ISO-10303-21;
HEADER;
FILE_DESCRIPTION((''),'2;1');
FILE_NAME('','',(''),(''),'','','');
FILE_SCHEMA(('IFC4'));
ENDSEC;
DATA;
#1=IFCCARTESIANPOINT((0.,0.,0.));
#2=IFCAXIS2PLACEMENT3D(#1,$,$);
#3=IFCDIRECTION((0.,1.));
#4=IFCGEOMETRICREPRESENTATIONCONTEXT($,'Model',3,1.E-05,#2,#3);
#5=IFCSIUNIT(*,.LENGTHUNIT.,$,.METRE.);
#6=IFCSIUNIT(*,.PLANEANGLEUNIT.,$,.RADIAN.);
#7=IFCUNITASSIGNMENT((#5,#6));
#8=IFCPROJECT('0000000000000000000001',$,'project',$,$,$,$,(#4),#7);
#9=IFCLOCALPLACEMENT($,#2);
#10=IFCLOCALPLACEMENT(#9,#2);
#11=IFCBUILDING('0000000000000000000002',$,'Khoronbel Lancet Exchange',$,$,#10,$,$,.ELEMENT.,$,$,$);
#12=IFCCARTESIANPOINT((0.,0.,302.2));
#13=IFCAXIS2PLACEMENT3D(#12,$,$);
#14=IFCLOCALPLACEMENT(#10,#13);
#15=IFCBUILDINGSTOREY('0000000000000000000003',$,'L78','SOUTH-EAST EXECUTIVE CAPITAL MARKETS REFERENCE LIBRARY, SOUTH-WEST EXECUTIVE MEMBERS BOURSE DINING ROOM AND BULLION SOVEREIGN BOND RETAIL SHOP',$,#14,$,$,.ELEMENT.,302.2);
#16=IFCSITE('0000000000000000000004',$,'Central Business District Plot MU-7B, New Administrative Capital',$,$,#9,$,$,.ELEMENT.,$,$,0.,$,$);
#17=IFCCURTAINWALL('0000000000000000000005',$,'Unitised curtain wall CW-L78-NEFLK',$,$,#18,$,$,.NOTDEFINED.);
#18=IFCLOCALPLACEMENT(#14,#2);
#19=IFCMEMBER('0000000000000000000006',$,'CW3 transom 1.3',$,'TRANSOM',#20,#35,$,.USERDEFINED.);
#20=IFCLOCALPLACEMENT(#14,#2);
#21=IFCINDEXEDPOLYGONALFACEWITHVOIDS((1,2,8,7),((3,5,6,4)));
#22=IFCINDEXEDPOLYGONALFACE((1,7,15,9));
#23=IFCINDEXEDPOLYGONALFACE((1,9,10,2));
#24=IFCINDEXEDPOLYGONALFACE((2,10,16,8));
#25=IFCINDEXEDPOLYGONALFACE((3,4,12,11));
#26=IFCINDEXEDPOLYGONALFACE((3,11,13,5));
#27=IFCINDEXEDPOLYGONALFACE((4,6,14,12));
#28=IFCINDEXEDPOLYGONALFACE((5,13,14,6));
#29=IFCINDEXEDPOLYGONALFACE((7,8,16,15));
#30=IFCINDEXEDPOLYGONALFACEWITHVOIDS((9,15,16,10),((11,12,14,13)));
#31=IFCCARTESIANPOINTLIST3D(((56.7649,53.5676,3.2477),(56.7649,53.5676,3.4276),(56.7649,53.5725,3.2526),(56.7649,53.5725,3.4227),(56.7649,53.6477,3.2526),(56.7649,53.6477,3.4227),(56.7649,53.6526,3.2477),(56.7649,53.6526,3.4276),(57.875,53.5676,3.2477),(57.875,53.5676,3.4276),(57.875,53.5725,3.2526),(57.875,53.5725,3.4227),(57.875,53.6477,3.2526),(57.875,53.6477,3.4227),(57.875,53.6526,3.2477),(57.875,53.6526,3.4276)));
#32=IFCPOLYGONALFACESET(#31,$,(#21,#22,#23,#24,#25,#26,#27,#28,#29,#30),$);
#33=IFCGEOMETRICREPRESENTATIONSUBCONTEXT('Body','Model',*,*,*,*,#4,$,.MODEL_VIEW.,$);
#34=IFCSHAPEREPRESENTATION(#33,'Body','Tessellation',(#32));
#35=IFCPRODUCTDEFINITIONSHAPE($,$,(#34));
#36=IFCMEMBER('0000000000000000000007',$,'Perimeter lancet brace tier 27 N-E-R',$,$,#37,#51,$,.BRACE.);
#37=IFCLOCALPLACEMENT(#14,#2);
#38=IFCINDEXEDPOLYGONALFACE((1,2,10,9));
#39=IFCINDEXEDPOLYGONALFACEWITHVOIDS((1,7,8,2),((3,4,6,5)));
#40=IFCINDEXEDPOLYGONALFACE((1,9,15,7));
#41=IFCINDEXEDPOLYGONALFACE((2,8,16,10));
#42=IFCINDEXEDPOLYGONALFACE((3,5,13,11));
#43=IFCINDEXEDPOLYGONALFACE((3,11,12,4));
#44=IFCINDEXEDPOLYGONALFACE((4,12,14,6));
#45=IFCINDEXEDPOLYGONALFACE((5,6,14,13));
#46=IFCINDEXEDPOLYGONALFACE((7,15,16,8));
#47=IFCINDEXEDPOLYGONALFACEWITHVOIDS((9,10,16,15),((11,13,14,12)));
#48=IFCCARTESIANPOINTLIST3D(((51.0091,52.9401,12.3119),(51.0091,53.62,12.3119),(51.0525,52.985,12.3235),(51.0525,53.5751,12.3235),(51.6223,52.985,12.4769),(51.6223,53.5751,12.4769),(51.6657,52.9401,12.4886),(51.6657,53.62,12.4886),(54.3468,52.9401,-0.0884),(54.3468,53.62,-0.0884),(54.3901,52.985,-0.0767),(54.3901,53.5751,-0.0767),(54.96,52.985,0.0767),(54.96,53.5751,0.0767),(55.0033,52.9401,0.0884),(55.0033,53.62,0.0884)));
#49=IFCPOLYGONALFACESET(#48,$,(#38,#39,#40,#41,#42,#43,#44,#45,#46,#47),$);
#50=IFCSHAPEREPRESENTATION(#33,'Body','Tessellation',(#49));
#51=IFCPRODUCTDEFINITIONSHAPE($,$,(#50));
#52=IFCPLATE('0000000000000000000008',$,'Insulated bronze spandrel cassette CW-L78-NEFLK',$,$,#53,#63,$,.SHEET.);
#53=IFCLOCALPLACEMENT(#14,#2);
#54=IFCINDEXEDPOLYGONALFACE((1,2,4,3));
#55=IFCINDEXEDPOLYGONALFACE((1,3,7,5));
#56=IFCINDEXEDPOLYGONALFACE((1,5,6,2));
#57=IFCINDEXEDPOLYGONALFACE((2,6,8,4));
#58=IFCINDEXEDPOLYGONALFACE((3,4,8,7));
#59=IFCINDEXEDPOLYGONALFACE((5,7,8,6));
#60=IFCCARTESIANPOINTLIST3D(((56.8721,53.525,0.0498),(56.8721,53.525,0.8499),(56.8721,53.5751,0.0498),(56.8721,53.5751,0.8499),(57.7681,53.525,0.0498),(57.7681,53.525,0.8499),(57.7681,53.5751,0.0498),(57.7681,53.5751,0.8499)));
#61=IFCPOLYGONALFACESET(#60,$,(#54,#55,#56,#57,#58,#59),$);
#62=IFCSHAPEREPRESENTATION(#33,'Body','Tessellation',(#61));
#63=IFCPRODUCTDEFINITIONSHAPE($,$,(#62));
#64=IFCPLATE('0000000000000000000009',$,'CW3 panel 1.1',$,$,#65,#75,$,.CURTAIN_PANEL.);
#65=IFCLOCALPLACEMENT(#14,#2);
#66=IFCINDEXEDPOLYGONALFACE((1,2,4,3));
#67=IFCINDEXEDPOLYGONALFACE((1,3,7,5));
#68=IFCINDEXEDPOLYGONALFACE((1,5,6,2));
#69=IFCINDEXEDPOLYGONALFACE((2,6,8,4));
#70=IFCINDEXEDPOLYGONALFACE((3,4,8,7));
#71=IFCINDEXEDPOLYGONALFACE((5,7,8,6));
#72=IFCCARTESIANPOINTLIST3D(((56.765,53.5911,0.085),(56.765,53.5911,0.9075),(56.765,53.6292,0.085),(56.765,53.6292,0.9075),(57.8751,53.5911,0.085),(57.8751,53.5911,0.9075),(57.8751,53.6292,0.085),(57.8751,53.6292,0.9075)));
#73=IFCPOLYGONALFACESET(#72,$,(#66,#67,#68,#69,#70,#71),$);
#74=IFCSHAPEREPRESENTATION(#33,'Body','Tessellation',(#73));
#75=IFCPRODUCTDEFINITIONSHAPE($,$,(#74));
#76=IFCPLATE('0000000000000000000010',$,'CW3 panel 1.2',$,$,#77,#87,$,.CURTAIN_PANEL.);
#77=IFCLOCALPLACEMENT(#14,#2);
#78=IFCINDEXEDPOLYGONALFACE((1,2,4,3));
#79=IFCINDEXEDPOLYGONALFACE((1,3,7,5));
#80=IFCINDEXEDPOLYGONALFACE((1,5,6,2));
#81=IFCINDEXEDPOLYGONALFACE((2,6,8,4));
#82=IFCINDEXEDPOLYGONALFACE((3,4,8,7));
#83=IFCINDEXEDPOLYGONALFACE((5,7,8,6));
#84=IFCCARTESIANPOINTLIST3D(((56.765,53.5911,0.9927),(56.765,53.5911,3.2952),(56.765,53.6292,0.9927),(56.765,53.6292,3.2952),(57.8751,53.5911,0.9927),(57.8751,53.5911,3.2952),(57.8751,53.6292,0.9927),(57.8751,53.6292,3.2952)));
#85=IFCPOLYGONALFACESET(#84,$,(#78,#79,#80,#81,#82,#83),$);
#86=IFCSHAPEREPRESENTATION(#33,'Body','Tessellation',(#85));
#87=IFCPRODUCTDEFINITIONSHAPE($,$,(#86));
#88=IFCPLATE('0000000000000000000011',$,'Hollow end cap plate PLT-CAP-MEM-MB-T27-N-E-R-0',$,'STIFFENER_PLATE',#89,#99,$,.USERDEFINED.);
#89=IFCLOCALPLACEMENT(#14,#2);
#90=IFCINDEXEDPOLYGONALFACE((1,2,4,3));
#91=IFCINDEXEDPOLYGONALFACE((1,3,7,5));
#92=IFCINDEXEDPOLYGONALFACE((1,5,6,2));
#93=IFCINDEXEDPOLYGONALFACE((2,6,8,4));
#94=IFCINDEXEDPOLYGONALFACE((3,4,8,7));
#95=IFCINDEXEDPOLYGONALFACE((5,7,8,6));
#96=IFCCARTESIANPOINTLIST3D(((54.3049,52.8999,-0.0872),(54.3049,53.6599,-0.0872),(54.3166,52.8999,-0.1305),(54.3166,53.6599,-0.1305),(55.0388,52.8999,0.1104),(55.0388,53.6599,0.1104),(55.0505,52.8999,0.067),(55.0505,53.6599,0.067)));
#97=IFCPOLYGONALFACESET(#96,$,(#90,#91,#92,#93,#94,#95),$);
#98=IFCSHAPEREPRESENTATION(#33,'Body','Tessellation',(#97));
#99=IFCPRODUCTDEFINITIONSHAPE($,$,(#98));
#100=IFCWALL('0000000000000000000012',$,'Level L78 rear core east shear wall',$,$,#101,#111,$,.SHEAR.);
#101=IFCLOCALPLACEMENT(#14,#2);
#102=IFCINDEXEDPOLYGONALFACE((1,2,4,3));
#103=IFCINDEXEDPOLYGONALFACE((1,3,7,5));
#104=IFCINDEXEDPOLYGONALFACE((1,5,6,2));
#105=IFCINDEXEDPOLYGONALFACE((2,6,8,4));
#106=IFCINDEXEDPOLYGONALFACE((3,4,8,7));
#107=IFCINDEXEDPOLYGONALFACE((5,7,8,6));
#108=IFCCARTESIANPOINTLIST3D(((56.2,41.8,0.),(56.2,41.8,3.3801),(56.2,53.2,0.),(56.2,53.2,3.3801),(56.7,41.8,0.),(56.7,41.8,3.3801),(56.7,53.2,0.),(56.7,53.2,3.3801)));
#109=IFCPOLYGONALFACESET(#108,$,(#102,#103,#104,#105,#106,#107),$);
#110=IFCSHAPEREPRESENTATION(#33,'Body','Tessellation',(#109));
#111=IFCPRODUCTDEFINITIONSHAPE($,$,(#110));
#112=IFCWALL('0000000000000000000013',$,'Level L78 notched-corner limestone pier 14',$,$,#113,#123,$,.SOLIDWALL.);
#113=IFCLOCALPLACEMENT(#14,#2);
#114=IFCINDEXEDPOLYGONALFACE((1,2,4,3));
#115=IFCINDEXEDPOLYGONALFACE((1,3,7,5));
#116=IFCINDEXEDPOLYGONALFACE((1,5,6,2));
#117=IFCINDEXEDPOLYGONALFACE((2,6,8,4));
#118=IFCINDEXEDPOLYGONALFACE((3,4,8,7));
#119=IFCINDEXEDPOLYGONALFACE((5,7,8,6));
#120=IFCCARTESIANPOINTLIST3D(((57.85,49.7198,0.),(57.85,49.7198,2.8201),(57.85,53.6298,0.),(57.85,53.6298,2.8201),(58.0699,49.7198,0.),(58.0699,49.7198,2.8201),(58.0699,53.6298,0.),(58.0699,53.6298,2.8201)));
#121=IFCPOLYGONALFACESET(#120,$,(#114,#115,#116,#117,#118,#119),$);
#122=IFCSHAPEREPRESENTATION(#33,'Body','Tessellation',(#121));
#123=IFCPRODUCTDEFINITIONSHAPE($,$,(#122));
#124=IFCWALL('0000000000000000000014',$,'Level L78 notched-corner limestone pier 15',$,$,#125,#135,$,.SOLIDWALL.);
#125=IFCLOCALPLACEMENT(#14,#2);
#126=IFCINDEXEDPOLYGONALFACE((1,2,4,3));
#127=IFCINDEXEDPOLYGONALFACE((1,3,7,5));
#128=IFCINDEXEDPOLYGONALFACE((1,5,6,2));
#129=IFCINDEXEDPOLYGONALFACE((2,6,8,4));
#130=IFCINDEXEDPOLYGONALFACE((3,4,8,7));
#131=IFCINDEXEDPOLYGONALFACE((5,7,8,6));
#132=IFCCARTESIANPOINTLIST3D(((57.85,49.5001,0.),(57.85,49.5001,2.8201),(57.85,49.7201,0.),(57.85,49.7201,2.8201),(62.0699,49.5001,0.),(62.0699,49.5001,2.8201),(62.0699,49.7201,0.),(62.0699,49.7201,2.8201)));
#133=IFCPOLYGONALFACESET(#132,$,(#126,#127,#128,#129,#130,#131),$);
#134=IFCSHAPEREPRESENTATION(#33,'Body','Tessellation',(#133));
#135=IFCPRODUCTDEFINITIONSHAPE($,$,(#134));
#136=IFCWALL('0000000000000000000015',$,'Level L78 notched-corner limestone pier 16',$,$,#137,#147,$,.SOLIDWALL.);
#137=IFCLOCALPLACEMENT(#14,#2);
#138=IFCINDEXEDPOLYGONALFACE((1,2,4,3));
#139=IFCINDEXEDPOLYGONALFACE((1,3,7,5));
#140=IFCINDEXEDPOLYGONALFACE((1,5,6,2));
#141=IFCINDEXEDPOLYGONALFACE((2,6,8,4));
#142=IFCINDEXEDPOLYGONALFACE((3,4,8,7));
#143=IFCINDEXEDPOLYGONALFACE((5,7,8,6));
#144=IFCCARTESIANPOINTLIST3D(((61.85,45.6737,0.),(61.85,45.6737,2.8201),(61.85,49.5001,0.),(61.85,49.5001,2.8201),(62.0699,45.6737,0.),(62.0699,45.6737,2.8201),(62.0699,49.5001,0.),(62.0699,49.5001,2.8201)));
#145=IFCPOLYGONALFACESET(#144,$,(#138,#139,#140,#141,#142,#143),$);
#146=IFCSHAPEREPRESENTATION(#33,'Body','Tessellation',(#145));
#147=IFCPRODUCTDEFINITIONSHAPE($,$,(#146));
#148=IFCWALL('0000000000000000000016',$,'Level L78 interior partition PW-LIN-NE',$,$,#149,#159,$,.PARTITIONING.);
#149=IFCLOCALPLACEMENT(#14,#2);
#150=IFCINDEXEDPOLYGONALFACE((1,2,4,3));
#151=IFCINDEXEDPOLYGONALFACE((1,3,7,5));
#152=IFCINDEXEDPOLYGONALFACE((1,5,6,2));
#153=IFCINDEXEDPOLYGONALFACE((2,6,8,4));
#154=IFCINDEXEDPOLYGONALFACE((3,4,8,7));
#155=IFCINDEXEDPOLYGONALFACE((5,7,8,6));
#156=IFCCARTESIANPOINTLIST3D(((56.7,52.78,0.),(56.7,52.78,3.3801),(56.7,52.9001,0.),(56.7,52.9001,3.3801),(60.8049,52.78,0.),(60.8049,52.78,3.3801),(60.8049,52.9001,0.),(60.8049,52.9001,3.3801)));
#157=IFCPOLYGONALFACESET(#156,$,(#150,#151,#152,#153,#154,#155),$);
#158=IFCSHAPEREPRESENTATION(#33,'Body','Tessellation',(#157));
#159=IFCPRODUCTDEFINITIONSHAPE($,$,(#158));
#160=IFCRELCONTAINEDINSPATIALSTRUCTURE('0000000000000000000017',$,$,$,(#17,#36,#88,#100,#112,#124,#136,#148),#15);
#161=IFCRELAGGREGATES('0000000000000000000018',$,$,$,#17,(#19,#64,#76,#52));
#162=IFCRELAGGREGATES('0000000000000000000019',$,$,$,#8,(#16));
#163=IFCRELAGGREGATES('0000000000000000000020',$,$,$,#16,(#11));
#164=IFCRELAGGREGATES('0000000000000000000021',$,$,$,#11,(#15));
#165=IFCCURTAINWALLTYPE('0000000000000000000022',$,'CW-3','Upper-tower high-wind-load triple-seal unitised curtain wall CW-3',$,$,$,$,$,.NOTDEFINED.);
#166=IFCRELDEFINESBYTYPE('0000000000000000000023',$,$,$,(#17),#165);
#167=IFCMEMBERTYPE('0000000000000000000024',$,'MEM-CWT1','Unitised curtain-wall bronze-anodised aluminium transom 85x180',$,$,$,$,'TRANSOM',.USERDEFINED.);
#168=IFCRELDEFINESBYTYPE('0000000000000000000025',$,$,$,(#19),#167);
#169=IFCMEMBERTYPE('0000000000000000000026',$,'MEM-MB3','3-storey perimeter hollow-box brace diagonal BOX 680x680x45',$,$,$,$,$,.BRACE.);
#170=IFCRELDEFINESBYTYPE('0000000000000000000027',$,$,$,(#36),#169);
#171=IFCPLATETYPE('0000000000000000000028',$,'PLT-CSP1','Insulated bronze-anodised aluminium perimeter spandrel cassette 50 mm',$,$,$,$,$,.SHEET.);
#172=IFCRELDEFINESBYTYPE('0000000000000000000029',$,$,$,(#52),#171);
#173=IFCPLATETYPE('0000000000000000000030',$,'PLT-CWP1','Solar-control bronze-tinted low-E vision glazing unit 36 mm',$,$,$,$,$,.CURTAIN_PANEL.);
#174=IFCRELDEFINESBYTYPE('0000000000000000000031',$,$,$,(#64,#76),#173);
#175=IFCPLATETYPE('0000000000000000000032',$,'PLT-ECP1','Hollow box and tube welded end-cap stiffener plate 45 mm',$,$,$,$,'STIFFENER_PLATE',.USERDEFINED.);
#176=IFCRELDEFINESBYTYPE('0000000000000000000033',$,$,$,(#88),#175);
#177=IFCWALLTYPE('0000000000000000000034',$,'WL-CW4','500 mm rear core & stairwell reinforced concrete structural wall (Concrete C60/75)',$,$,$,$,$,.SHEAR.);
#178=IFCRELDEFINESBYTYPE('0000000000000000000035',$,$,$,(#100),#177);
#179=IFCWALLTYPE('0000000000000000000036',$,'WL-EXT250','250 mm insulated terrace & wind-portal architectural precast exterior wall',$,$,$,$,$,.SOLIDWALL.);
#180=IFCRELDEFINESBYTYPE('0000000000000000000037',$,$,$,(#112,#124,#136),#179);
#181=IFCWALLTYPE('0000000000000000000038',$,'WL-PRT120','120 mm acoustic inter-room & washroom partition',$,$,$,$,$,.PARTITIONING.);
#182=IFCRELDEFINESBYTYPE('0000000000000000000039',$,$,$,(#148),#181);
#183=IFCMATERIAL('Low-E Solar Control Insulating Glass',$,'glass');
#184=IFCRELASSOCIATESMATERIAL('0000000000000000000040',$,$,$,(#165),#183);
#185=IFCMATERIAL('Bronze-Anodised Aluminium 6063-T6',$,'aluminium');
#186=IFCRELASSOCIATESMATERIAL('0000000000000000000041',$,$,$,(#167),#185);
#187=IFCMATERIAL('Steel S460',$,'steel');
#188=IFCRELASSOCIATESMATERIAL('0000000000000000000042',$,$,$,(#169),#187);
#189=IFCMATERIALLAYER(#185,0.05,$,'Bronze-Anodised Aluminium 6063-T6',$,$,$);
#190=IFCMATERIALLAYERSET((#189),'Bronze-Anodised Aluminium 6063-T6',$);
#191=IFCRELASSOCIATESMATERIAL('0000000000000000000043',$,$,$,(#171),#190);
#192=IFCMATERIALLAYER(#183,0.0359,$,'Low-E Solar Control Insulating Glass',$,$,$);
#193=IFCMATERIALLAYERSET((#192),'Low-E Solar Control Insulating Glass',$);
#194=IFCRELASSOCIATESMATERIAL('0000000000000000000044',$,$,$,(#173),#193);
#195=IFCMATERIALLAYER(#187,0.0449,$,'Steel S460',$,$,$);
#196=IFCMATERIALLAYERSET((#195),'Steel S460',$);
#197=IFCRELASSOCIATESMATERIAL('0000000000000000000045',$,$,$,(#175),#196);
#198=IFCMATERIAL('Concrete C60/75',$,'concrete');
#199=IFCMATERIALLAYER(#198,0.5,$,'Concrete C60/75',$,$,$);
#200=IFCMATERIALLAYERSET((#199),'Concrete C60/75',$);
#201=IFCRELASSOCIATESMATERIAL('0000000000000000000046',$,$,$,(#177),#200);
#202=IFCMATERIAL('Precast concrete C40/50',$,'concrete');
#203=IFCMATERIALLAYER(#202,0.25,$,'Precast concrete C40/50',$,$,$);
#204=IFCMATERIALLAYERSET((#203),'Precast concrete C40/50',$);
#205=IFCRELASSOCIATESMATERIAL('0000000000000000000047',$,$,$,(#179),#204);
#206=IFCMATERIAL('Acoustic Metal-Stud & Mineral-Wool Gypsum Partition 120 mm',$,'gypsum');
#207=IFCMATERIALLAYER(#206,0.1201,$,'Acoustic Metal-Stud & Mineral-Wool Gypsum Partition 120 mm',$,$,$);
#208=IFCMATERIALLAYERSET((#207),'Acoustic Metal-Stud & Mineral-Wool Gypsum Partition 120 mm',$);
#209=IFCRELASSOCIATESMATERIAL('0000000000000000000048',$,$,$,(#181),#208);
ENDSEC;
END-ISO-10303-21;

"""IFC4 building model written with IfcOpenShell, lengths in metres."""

from ifc_helpers import new_model, si_unit, direction, frame, frame_2d, origin, origin_2d, place, context, subcontext, project, spatial, polyline, rectangle, hollow_rectangle, outline, extrude, material, layer, layer_set, material_profile, profile_set, type_object, element, aggregate, save


model = new_model("IFC4")

# Units and contexts
model_context = context("Model", 3, precision=1e-05, world=origin(), true_north=direction((0.0, 1.0)))
body_context = subcontext(model_context, "Body", "Model", "MODEL_VIEW")
ifc_project = project(units=[si_unit("LENGTHUNIT", "METRE"), si_unit("PLANEANGLEUNIT", "RADIAN")], contexts=[model_context])

# Site, building, storey
site_placement = place(None, origin())
site = spatial("IfcSite", under=ifc_project, at=site_placement, Name="Central Business District Plot MU-7B, New Administrative Capital", CompositionType="ELEMENT", RefElevation=0.0)
building_placement = place(site_placement, origin())
building = spatial("IfcBuilding", under=site, at=building_placement, Name="Khoronbel Lancet Exchange", CompositionType="ELEMENT")
storey_placement = place(building_placement, frame((0.0, 0.0, 302.2)))
storey = spatial("IfcBuildingStorey", under=building, at=storey_placement, Name="L78", Description="SOUTH-EAST EXECUTIVE CAPITAL MARKETS REFERENCE LIBRARY, SOUTH-WEST EXECUTIVE MEMBERS BOURSE DINING ROOM AND BULLION SOVEREIGN BOND RETAIL SHOP", CompositionType="ELEMENT", Elevation=302.2)

# Shared definitions
ifc_material_1 = material(Name="Steel S460", Category="steel")

# Curtain wall, member
ifc_material_2 = material(Name="Low-E Solar Control Insulating Glass", Category="glass")
curtain_wall_type = type_object("IfcCurtainWallType", Name="CW-3", Description="Upper-tower high-wind-load triple-seal unitised curtain wall CW-3", PredefinedType="NOTDEFINED", material=ifc_material_2)
curtain_wall_placement = place(storey_placement, origin())
curtain_wall = element("IfcCurtainWall", 1, at=curtain_wall_placement, inside=storey, type_object=curtain_wall_type, Name="Unitised curtain wall CW-L78-NEFLK", PredefinedType="NOTDEFINED")
ifc_material_3 = material(Name="Bronze-Anodised Aluminium 6063-T6", Category="aluminium")
ifc_material_profile_1 = material_profile(ifc_material_3, hollow_rectangle(XDim=0.085, YDim=0.1799, WallThickness=0.0049, at=origin_2d()), Name="ALU TRANSOM 85x180")
ifc_profile_set_1 = profile_set([ifc_material_profile_1], Name="Bronze-Anodised Aluminium 6063-T6")
member_type_1 = type_object("IfcMemberType", Name="MEM-CWT1", Description="Unitised curtain-wall bronze-anodised aluminium transom 85x180", ElementType="TRANSOM", PredefinedType="USERDEFINED", material=ifc_profile_set_1)
member_1_placement = place(storey_placement, frame((57.875, 53.6101, 3.3376), z_axis=(-1.0, 0.0, 0.0), x_axis=(0.0, -1.0, 0.0)))
member_1 = element("IfcMember", 2, at=member_1_placement, type_object=member_type_1, Name="CW3 transom 1.3", ObjectType="TRANSOM", PredefinedType="USERDEFINED", context=body_context, shape_type="SweptSolid", body=[
    extrude(hollow_rectangle(XDim=0.085, YDim=0.1799, WallThickness=0.0049, at=origin_2d()), origin(), (0.0, 0.0, 1.0), 1.1101),
])

# Member
ifc_material_profile_2 = material_profile(ifc_material_1, hollow_rectangle(XDim=0.6799, YDim=0.6799, WallThickness=0.0449, at=origin_2d()), Name="BOX 680x680x45")
ifc_profile_set_2 = profile_set([ifc_material_profile_2], Name="Steel S460")
member_type_2 = type_object("IfcMemberType", Name="MEM-MB3", Description="3-storey perimeter hollow-box brace diagonal BOX 680x680x45", PredefinedType="BRACE", material=ifc_profile_set_2)
member_2_placement = place(storey_placement, frame((54.675, 53.28, 0.0), z_axis=(-0.259911, 0.0, 0.965632), x_axis=(0.0, -1.0, 0.0)))
element("IfcMember", 3, at=member_2_placement, inside=storey, type_object=member_type_2, Name="Perimeter lancet brace tier 27 N-E-R", PredefinedType="BRACE", context=body_context, shape_type="SweptSolid", body=[
    extrude(hollow_rectangle(XDim=0.6799, YDim=0.6799, WallThickness=0.0449, at=origin_2d()), origin(), (0.0, 0.0, 1.0), 12.8416),
])

# Plates
ifc_layer_1 = layer(ifc_material_3, 0.05, Name="Bronze-Anodised Aluminium 6063-T6")
ifc_layer_set_1 = layer_set([ifc_layer_1], Name="Bronze-Anodised Aluminium 6063-T6")
plate_type_1 = type_object("IfcPlateType", Name="PLT-CSP1", Description="Insulated bronze-anodised aluminium perimeter spandrel cassette 50 mm", PredefinedType="SHEET", material=ifc_layer_set_1)
plate_1_placement = place(storey_placement, frame((57.3201, 53.55, 0.0498), z_axis=(0.0, 0.0, 1.0), x_axis=(-1.0, 0.0, 0.0)))
plate_1 = element("IfcPlate", 4, at=plate_1_placement, type_object=plate_type_1, Name="Insulated bronze spandrel cassette CW-L78-NEFLK", PredefinedType="SHEET", context=body_context, shape_type="SweptSolid", body=[
    extrude(rectangle(XDim=0.896, YDim=0.05, at=origin_2d()), origin(), (0.0, 0.0, 1.0), 0.8),
])
ifc_layer_2 = layer(ifc_material_2, 0.0359, Name="Low-E Solar Control Insulating Glass")
ifc_layer_set_2 = layer_set([ifc_layer_2], Name="Low-E Solar Control Insulating Glass")
plate_type_2 = type_object("IfcPlateType", Name="PLT-CWP1", Description="Solar-control bronze-tinted low-E vision glazing unit 36 mm", PredefinedType="CURTAIN_PANEL", material=ifc_layer_set_2)
plate_2_placement = place(storey_placement, frame((57.3201, 53.6101, 0.085), z_axis=(0.0, 0.0, 1.0), x_axis=(-1.0, 0.0, 0.0)))
plate_2 = element("IfcPlate", 5, at=plate_2_placement, type_object=plate_type_2, Name="CW3 panel 1.1", PredefinedType="CURTAIN_PANEL", context=body_context, shape_type="SweptSolid", body=[
    extrude(rectangle(XDim=1.1101, YDim=0.0381, at=origin_2d()), origin(), (0.0, 0.0, 1.0), 0.8225),
])
plate_3_placement = place(storey_placement, frame((57.3201, 53.6101, 0.9927), z_axis=(0.0, 0.0, 1.0), x_axis=(-1.0, 0.0, 0.0)))
plate_3 = element("IfcPlate", 6, at=plate_3_placement, type_object=plate_type_2, Name="CW3 panel 1.2", PredefinedType="CURTAIN_PANEL", context=body_context, shape_type="SweptSolid", body=[
    extrude(rectangle(XDim=1.1101, YDim=0.0381, at=origin_2d()), origin(), (0.0, 0.0, 1.0), 2.3025),
])
aggregate(curtain_wall, [member_1, plate_2, plate_3, plate_1])
ifc_layer_3 = layer(ifc_material_1, 0.0449, Name="Steel S460")
ifc_layer_set_3 = layer_set([ifc_layer_3], Name="Steel S460")
plate_type_3 = type_object("IfcPlateType", Name="PLT-ECP1", Description="Hollow box and tube welded end-cap stiffener plate 45 mm", ElementType="STIFFENER_PLATE", PredefinedType="USERDEFINED", material=ifc_layer_set_3)
plate_4_placement = place(storey_placement, frame((54.3049, 53.6599, -0.0872), z_axis=(-0.259881, 0.0, 0.965641), x_axis=(0.0, -1.0, 0.0)))
element("IfcPlate", 7, at=plate_4_placement, inside=storey, type_object=plate_type_3, Name="Hollow end cap plate PLT-CAP-MEM-MB-T27-N-E-R-0", ObjectType="STIFFENER_PLATE", PredefinedType="USERDEFINED", context=body_context, shape_type="SweptSolid", body=[
    extrude(outline(polyline([(0.0, 0.0), (0.76, 0.0), (0.76, 0.76), (0.0, 0.76), (0.0, 0.0)])), origin(), (0.0, 0.0, -1.0), 0.0449),
])

# Walls
ifc_material_4 = material(Name="Concrete C60/75", Category="concrete")
ifc_layer_4 = layer(ifc_material_4, 0.5, Name="Concrete C60/75")
ifc_layer_set_4 = layer_set([ifc_layer_4], Name="Concrete C60/75")
wall_type_1 = type_object("IfcWallType", Name="WL-CW4", Description="500 mm rear core & stairwell reinforced concrete structural wall (Concrete C60/75)", PredefinedType="SHEAR", material=ifc_layer_set_4)
wall_1_placement = place(storey_placement, frame((56.45, 53.2, 0.0), z_axis=(0.0, 0.0, 1.0), x_axis=(0.0, -1.0, 0.0)))
element("IfcWall", 8, at=wall_1_placement, inside=storey, type_object=wall_type_1, Name="Level L78 rear core east shear wall", PredefinedType="SHEAR", context=body_context, shape_type="SweptSolid", body=[
    extrude(rectangle(XDim=11.3999, YDim=0.5, at=frame_2d((5.7, 0.0))), origin(), (0.0, 0.0, 1.0), 3.3801),
])
ifc_material_5 = material(Name="Precast concrete C40/50", Category="concrete")
ifc_layer_5 = layer(ifc_material_5, 0.25, Name="Precast concrete C40/50")
ifc_layer_set_5 = layer_set([ifc_layer_5], Name="Precast concrete C40/50")
wall_type_2 = type_object("IfcWallType", Name="WL-EXT250", Description="250 mm insulated terrace & wind-portal architectural precast exterior wall", PredefinedType="SOLIDWALL", material=ifc_layer_set_5)
wall_2_placement = place(storey_placement, frame((57.96, 53.6299, 0.0), z_axis=(0.0, 0.0, 1.0), x_axis=(0.0, -1.0, 0.0)))
element("IfcWall", 9, at=wall_2_placement, inside=storey, type_object=wall_type_2, Name="Level L78 notched-corner limestone pier 14", PredefinedType="SOLIDWALL", context=body_context, shape_type="SweptSolid", body=[
    extrude(rectangle(XDim=3.9099, YDim=0.22, at=frame_2d((1.9551, 0.0))), origin(), (0.0, 0.0, 1.0), 2.8201),
])
wall_3_placement = place(storey_placement, frame((57.8501, 49.6101, 0.0), z_axis=(0.0, 0.0, 1.0), x_axis=(1.0, 0.0, 0.0)))
element("IfcWall", 10, at=wall_3_placement, inside=storey, type_object=wall_type_2, Name="Level L78 notched-corner limestone pier 15", PredefinedType="SOLIDWALL", context=body_context, shape_type="SweptSolid", body=[
    extrude(rectangle(XDim=4.22, YDim=0.22, at=frame_2d((2.1099, 0.0))), origin(), (0.0, 0.0, 1.0), 2.8201),
])
wall_4_placement = place(storey_placement, frame((61.96, 49.5, 0.0), z_axis=(0.0, 0.0, 1.0), x_axis=(0.0, -1.0, 0.0)))
element("IfcWall", 11, at=wall_4_placement, inside=storey, type_object=wall_type_2, Name="Level L78 notched-corner limestone pier 16", PredefinedType="SOLIDWALL", context=body_context, shape_type="SweptSolid", body=[
    extrude(rectangle(XDim=3.8264, YDim=0.22, at=frame_2d((1.9131, 0.0))), origin(), (0.0, 0.0, 1.0), 2.8201),
])
ifc_material_6 = material(Name="Acoustic Metal-Stud & Mineral-Wool Gypsum Partition 120 mm", Category="gypsum")
ifc_layer_6 = layer(ifc_material_6, 0.1201, Name="Acoustic Metal-Stud & Mineral-Wool Gypsum Partition 120 mm")
ifc_layer_set_6 = layer_set([ifc_layer_6], Name="Acoustic Metal-Stud & Mineral-Wool Gypsum Partition 120 mm")
wall_type_3 = type_object("IfcWallType", Name="WL-PRT120", Description="120 mm acoustic inter-room & washroom partition", PredefinedType="PARTITIONING", material=ifc_layer_set_6)
wall_5_placement = place(storey_placement, frame((56.7, 52.8401, 0.0), z_axis=(0.0, 0.0, 1.0), x_axis=(1.0, 0.0, 0.0)))
element("IfcWall", 12, at=wall_5_placement, inside=storey, type_object=wall_type_3, Name="Level L78 interior partition PW-LIN-NE", PredefinedType="PARTITIONING", context=body_context, shape_type="SweptSolid", body=[
    extrude(rectangle(XDim=4.105, YDim=0.1201, at=frame_2d((2.0525, 0.0))), origin(), (0.0, 0.0, 1.0), 3.3801),
])

save(model, "model.ifc")
